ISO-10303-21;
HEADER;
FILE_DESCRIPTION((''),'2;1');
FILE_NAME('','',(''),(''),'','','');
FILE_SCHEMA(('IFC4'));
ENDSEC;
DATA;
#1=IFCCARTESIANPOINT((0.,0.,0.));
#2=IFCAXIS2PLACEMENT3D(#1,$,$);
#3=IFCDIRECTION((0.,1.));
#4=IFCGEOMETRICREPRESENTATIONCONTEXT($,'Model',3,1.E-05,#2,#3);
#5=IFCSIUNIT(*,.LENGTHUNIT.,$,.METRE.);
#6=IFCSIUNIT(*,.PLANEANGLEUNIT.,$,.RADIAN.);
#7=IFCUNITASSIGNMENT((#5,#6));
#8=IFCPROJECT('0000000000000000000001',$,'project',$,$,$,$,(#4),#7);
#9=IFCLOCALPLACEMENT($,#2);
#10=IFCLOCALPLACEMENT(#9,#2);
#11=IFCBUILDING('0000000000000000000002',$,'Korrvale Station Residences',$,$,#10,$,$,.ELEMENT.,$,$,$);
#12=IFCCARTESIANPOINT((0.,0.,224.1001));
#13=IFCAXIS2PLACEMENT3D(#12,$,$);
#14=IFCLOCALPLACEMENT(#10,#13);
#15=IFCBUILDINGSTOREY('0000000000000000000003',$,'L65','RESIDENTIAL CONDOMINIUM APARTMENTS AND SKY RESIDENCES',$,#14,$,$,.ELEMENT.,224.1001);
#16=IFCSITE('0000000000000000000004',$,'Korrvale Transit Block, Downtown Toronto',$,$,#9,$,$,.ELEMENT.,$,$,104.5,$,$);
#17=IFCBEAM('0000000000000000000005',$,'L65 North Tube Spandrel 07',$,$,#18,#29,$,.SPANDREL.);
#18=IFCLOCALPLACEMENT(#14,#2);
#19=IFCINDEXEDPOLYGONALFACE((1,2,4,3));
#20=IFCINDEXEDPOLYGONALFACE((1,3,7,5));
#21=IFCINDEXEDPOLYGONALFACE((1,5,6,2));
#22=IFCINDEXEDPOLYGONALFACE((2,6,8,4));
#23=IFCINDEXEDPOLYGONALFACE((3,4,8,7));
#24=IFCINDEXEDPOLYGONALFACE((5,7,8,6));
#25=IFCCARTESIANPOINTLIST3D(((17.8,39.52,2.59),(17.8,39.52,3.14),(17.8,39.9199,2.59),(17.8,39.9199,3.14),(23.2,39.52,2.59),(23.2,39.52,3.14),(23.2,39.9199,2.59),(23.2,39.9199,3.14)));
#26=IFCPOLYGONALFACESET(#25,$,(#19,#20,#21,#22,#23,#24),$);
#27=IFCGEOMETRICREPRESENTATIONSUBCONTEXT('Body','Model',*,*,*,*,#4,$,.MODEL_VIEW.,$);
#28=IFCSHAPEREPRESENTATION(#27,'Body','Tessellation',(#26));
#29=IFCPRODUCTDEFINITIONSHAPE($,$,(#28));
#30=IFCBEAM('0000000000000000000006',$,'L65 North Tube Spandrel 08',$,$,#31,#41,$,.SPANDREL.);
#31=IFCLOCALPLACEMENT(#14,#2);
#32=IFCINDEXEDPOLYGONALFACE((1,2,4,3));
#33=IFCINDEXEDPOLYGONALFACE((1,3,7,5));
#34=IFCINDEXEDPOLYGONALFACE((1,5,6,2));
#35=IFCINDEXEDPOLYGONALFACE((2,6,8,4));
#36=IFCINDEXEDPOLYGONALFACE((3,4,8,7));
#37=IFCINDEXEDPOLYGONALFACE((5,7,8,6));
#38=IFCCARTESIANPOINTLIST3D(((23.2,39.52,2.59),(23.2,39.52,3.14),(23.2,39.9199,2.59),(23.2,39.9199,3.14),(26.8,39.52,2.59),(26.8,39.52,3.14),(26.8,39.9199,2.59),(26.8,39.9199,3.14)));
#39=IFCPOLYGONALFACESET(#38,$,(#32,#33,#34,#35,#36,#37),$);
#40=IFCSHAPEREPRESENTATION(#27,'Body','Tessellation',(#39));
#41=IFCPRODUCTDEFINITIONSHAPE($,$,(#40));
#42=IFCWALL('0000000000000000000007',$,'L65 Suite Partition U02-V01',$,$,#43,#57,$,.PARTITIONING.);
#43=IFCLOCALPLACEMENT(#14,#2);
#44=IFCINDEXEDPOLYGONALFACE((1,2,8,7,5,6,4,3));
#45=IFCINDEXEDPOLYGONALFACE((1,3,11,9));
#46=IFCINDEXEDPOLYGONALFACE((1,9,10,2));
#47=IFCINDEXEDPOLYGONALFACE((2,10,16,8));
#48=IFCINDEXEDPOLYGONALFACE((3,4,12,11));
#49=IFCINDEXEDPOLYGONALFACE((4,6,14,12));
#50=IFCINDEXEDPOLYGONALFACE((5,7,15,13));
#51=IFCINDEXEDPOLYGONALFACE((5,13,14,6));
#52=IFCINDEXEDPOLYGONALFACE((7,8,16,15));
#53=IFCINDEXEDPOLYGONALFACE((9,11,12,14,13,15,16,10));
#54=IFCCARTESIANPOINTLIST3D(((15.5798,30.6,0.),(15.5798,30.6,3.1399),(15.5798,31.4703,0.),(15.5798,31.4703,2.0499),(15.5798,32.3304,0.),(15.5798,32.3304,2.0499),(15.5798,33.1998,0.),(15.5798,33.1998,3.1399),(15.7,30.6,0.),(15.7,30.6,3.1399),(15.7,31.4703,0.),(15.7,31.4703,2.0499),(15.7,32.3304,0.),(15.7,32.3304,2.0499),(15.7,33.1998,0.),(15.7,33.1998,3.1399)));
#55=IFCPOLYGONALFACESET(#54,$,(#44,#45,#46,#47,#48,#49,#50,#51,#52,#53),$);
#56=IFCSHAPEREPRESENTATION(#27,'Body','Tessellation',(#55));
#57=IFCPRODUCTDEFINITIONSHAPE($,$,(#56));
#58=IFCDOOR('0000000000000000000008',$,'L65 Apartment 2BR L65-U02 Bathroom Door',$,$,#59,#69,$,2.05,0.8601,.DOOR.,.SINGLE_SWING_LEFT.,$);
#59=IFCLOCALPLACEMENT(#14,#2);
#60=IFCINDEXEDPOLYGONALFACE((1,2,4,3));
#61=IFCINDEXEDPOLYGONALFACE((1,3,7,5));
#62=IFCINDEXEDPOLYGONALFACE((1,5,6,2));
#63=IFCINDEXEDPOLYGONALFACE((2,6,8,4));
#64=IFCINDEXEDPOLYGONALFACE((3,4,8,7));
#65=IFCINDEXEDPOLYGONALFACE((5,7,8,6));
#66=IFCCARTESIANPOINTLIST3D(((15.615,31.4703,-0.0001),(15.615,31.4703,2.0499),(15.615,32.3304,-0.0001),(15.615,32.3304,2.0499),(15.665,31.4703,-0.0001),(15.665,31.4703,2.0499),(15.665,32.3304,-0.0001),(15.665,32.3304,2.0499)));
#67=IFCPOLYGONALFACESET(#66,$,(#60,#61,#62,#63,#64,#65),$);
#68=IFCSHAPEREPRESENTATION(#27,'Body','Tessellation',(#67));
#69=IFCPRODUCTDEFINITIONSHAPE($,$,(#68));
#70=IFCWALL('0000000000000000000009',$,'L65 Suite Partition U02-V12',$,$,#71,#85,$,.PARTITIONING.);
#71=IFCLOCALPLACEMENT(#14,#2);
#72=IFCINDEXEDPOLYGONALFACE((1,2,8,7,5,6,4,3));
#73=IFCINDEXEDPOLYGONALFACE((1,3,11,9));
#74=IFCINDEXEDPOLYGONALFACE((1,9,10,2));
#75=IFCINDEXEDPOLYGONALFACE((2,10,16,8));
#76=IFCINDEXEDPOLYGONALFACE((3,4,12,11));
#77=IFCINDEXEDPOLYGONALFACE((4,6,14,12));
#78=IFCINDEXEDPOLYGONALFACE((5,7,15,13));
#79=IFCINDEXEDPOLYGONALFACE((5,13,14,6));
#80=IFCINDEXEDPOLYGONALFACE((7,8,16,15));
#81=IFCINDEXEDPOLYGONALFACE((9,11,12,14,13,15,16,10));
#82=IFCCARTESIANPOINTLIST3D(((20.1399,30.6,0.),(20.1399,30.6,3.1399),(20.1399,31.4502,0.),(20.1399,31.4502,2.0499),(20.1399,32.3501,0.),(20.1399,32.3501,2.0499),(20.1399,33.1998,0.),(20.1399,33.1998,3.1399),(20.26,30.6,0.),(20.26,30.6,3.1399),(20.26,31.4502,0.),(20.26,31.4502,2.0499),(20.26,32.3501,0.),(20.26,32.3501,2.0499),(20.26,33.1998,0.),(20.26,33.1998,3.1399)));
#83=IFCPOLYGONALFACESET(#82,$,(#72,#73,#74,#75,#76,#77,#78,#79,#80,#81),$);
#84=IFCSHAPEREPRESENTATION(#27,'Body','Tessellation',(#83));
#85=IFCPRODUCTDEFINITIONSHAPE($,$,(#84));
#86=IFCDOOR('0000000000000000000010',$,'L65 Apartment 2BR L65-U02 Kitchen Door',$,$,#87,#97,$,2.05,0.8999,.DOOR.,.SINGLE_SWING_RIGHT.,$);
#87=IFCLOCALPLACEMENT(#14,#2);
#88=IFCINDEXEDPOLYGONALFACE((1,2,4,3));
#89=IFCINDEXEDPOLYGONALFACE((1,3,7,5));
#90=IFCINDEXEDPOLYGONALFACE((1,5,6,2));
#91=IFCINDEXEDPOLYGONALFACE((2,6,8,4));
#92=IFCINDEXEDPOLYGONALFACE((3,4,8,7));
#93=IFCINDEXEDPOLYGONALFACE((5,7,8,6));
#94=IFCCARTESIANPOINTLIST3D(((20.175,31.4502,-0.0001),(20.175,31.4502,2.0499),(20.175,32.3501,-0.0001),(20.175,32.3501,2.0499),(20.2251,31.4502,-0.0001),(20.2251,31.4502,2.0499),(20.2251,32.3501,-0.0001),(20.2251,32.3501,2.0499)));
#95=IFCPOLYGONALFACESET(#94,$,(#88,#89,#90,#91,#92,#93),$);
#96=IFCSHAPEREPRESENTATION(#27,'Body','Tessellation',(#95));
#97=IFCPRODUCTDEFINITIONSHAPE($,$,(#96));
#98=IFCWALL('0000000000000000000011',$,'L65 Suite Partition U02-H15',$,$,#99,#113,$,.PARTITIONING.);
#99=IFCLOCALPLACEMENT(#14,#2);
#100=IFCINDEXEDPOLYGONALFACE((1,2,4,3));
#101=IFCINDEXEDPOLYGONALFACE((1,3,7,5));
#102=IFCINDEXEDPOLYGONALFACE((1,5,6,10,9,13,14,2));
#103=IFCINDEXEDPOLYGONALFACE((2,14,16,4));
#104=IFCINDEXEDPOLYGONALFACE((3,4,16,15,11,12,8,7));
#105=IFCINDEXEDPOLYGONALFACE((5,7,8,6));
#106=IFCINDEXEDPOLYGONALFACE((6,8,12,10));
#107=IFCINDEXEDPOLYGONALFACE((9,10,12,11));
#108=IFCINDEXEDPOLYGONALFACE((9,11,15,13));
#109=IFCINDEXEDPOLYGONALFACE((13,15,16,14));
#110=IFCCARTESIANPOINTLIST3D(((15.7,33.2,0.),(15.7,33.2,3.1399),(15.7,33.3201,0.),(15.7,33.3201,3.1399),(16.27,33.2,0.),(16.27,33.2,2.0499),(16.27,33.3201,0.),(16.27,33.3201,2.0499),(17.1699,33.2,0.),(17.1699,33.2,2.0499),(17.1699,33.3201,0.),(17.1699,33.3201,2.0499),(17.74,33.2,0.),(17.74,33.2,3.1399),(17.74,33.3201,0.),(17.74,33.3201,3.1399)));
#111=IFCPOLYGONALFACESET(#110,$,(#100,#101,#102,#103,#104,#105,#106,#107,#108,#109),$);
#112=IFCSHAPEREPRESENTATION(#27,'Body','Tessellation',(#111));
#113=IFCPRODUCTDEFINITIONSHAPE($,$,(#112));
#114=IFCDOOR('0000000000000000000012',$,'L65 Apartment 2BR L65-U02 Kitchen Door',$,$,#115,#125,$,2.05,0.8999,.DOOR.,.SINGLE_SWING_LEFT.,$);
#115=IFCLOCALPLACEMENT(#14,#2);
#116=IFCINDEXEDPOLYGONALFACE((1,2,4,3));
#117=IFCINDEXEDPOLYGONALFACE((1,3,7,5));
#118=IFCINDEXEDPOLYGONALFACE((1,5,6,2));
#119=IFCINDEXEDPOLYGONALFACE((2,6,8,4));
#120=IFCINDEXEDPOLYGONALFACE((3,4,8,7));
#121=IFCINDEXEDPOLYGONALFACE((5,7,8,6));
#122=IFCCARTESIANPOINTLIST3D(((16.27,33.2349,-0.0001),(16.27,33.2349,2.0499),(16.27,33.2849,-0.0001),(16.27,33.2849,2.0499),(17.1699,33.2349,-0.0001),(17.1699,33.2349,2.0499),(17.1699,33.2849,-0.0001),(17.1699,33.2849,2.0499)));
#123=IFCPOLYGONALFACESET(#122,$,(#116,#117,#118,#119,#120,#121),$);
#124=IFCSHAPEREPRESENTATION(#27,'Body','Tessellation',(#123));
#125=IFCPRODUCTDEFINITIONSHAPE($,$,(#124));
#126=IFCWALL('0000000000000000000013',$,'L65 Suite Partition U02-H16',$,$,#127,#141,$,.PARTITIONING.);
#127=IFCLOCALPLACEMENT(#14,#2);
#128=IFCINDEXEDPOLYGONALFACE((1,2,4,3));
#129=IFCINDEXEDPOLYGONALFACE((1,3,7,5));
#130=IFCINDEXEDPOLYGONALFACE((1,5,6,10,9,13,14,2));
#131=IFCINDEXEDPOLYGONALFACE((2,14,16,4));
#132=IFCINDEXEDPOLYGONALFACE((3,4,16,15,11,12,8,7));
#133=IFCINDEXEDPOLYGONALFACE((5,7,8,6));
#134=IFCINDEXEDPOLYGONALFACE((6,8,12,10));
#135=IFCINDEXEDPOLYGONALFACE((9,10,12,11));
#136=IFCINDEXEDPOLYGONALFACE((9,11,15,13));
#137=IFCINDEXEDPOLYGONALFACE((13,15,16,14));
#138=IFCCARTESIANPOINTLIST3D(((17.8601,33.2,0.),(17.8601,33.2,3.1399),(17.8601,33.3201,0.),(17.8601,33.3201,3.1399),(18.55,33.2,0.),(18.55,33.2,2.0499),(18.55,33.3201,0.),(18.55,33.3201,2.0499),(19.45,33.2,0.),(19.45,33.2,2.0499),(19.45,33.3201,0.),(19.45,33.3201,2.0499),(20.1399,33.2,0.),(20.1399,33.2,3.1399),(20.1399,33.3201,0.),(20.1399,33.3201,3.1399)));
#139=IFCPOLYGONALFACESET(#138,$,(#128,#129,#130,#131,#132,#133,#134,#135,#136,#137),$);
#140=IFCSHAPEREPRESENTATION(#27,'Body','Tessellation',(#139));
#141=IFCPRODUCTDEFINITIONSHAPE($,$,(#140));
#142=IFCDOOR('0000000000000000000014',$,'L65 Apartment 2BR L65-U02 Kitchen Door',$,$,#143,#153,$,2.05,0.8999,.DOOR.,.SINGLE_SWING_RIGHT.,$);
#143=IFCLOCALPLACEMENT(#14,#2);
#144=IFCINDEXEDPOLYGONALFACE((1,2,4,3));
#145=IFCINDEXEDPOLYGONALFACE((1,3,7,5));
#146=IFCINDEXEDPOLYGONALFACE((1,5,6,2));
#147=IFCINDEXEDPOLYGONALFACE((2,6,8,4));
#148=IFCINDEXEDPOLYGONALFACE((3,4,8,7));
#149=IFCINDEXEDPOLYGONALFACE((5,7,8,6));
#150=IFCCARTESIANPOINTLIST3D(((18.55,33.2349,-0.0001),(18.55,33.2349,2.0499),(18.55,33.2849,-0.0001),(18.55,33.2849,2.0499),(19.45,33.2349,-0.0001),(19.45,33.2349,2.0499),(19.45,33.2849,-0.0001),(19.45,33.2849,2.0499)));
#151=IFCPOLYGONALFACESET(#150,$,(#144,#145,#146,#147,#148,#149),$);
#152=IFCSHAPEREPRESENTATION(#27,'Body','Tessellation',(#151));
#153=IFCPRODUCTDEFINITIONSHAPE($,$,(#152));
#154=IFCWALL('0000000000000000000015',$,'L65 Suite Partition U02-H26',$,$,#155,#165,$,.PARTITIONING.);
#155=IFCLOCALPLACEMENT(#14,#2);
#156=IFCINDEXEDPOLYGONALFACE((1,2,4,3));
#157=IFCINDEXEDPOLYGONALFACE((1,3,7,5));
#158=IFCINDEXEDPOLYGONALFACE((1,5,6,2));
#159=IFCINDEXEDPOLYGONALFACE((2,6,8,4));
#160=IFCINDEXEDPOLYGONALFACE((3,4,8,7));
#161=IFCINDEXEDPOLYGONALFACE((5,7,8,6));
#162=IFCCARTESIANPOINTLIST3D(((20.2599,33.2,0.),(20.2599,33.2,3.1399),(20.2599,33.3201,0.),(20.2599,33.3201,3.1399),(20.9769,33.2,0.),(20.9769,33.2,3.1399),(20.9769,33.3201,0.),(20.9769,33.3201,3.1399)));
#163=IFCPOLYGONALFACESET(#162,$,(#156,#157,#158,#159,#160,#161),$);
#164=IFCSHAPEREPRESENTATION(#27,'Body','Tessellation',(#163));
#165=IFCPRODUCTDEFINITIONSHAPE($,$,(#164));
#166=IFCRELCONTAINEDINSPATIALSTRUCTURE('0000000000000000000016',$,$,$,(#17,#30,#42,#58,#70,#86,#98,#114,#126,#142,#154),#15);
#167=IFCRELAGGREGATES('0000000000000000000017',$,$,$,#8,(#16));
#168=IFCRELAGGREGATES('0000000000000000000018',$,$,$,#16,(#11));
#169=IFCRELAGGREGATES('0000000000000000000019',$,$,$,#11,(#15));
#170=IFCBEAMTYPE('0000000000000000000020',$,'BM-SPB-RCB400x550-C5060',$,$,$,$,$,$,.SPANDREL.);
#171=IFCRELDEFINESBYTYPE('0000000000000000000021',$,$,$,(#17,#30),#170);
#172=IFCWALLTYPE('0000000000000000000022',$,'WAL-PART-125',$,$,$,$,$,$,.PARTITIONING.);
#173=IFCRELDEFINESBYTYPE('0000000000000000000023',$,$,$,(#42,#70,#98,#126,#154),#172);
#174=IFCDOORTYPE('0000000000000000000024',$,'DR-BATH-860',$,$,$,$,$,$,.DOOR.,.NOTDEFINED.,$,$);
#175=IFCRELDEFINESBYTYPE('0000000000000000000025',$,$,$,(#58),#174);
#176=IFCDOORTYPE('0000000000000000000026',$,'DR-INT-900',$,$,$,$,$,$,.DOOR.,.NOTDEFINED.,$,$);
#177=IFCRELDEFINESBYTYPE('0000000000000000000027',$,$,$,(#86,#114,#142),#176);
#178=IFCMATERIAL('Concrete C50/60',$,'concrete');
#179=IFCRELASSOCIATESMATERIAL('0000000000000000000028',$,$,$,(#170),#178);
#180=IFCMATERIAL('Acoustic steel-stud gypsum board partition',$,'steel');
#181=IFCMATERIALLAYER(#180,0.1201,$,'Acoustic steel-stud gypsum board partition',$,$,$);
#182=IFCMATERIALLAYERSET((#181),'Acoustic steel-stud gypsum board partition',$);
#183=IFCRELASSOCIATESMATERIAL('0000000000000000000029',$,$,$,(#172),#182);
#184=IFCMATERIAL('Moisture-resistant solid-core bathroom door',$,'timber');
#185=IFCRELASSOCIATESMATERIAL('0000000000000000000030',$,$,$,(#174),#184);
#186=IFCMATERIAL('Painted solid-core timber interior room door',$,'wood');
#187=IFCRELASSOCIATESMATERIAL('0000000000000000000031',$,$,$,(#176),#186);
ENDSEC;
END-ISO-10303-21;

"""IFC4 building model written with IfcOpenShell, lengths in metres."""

from ifc_helpers import new_model, si_unit, direction, frame, frame_2d, origin, origin_2d, place, context, subcontext, project, spatial, rectangle, extrude, material, layer, layer_set, material_profile, profile_set, type_object, element, fill, save


model = new_model("IFC4")

# Units and contexts
model_context = context("Model", 3, precision=1e-05, world=origin(), true_north=direction((0.0, 1.0)))
body_context = subcontext(model_context, "Body", "Model", "MODEL_VIEW")
ifc_project = project(units=[si_unit("LENGTHUNIT", "METRE"), si_unit("PLANEANGLEUNIT", "RADIAN")], contexts=[model_context])

# Site, building, storey
site_placement = place(None, origin())
site = spatial("IfcSite", under=ifc_project, at=site_placement, Name="Korrvale Transit Block, Downtown Toronto", CompositionType="ELEMENT", RefElevation=104.5)
building_placement = place(site_placement, origin())
building = spatial("IfcBuilding", under=site, at=building_placement, Name="Korrvale Station Residences", CompositionType="ELEMENT")
storey_placement = place(building_placement, frame((0.0, 0.0, 224.1001)))
storey = spatial("IfcBuildingStorey", under=building, at=storey_placement, Name="L65", Description="RESIDENTIAL CONDOMINIUM APARTMENTS AND SKY RESIDENCES", CompositionType="ELEMENT", Elevation=224.1001)

# Shared definitions
ifc_material_1 = material(Name="Concrete C50/60", Category="concrete")

# Beams
ifc_material_profile_1 = material_profile(ifc_material_1, rectangle(XDim=0.3999, YDim=0.55, at=origin_2d()), Name="RCB400x550")
ifc_profile_set_1 = profile_set([ifc_material_profile_1], Name="Concrete C50/60")
beam_type_1 = type_object("IfcBeamType", Name="BM-SPB-RCB400x550-C5060", PredefinedType="SPANDREL", material=ifc_profile_set_1)
beam_1_placement = place(storey_placement, frame((17.8, 39.72, 2.865), z_axis=(1.0, 0.0, 0.0), x_axis=(0.0, 1.0, 0.0)))
element("IfcBeam", 1, at=beam_1_placement, inside=storey, type_object=beam_type_1, Name="L65 North Tube Spandrel 07", PredefinedType="SPANDREL", context=body_context, shape_type="SweptSolid", body=[
    extrude(rectangle(XDim=0.3999, YDim=0.55, at=origin_2d()), origin(), (0.0, 0.0, 1.0), 5.3999),
])
beam_2_placement = place(storey_placement, frame((23.2, 39.72, 2.865), z_axis=(1.0, 0.0, 0.0), x_axis=(0.0, 1.0, 0.0)))
element("IfcBeam", 2, at=beam_2_placement, inside=storey, type_object=beam_type_1, Name="L65 North Tube Spandrel 08", PredefinedType="SPANDREL", context=body_context, shape_type="SweptSolid", body=[
    extrude(rectangle(XDim=0.3999, YDim=0.55, at=origin_2d()), origin(), (0.0, 0.0, 1.0), 3.6001),
])

# Walls, openings, doors
ifc_material_2 = material(Name="Acoustic steel-stud gypsum board partition", Category="steel")
ifc_layer_1 = layer(ifc_material_2, 0.1201, Name="Acoustic steel-stud gypsum board partition")
ifc_layer_set_1 = layer_set([ifc_layer_1], Name="Acoustic steel-stud gypsum board partition")
wall_type = type_object("IfcWallType", Name="WAL-PART-125", PredefinedType="PARTITIONING", material=ifc_layer_set_1)
wall_1_placement = place(storey_placement, frame((15.6399, 30.6001, 0.0), z_axis=(0.0, 0.0, 1.0), x_axis=(0.0, 1.0, 0.0)))
wall_1 = element("IfcWall", 3, at=wall_1_placement, inside=storey, type_object=wall_type, Name="L65 Suite Partition U02-V01", PredefinedType="PARTITIONING", context=body_context, shape_type="SweptSolid", body=[
    extrude(rectangle(XDim=2.5999, YDim=0.1201, at=frame_2d((1.2998, 0.0))), origin(), (0.0, 0.0, 1.0), 3.1399),
])
opening_1_placement = place(wall_1_placement, frame((0.8701, 0.0, 0.0)))
opening_1 = element("IfcOpeningElement", 4, at=opening_1_placement, cuts=wall_1, PredefinedType="OPENING", context=body_context, shape_type="SweptSolid", body=[
    extrude(rectangle(XDim=0.8601, YDim=2.05, at=frame_2d((0.4302, 1.0249))), frame((0.0, 0.0701, 0.0), z_axis=(0.0, -1.0, 0.0), x_axis=(1.0, 0.0, 0.0)), (0.0, 0.0, 1.0), 0.1401),
])
ifc_material_3 = material(Name="Moisture-resistant solid-core bathroom door", Category="timber")
door_type_1 = type_object("IfcDoorType", Name="DR-BATH-860", OperationType="NOTDEFINED", PredefinedType="DOOR", material=ifc_material_3)
door_1_placement = place(opening_1_placement, origin())
door_1 = element("IfcDoor", 5, at=door_1_placement, inside=storey, type_object=door_type_1, Name="L65 Apartment 2BR L65-U02 Bathroom Door", OperationType="SINGLE_SWING_LEFT", OverallHeight=2.05, OverallWidth=0.8601, PredefinedType="DOOR", context=body_context, shape_type="SweptSolid", body=[
    extrude(rectangle(XDim=0.8601, YDim=2.05, at=frame_2d((0.4302, 1.0249))), frame((0.0, 0.0249, 0.0), z_axis=(0.0, -1.0, 0.0), x_axis=(1.0, 0.0, 0.0)), (0.0, 0.0, 1.0), 0.05),
])
fill(opening_1, door_1)
wall_2_placement = place(storey_placement, frame((20.2, 30.6001, 0.0), z_axis=(0.0, 0.0, 1.0), x_axis=(0.0, 1.0, 0.0)))
wall_2 = element("IfcWall", 6, at=wall_2_placement, inside=storey, type_object=wall_type, Name="L65 Suite Partition U02-V12", PredefinedType="PARTITIONING", context=body_context, shape_type="SweptSolid", body=[
    extrude(rectangle(XDim=2.5999, YDim=0.1201, at=frame_2d((1.2998, 0.0))), origin(), (0.0, 0.0, 1.0), 3.1399),
])
opening_2_placement = place(wall_2_placement, frame((0.8501, 0.0, 0.0)))
opening_2 = element("IfcOpeningElement", 7, at=opening_2_placement, cuts=wall_2, PredefinedType="OPENING", context=body_context, shape_type="SweptSolid", body=[
    extrude(rectangle(XDim=0.8999, YDim=2.05, at=frame_2d((0.45, 1.0249))), frame((0.0, 0.0701, 0.0), z_axis=(0.0, -1.0, 0.0), x_axis=(1.0, 0.0, 0.0)), (0.0, 0.0, 1.0), 0.1401),
])
ifc_material_4 = material(Name="Painted solid-core timber interior room door", Category="wood")
door_type_2 = type_object("IfcDoorType", Name="DR-INT-900", OperationType="NOTDEFINED", PredefinedType="DOOR", material=ifc_material_4)
door_2_placement = place(opening_2_placement, origin())
door_2 = element("IfcDoor", 8, at=door_2_placement, inside=storey, type_object=door_type_2, Name="L65 Apartment 2BR L65-U02 Kitchen Door", OperationType="SINGLE_SWING_RIGHT", OverallHeight=2.05, OverallWidth=0.8999, PredefinedType="DOOR", context=body_context, shape_type="SweptSolid", body=[
    extrude(rectangle(XDim=0.8999, YDim=2.05, at=frame_2d((0.45, 1.0249))), frame((0.0, 0.0249, 0.0), z_axis=(0.0, -1.0, 0.0), x_axis=(1.0, 0.0, 0.0)), (0.0, 0.0, 1.0), 0.05),
])
fill(opening_2, door_2)
wall_3_placement = place(storey_placement, frame((15.7, 33.26, 0.0), z_axis=(0.0, 0.0, 1.0), x_axis=(1.0, 0.0, 0.0)))
wall_3 = element("IfcWall", 9, at=wall_3_placement, inside=storey, type_object=wall_type, Name="L65 Suite Partition U02-H15", PredefinedType="PARTITIONING", context=body_context, shape_type="SweptSolid", body=[
    extrude(rectangle(XDim=2.04, YDim=0.1201, at=frame_2d((1.02, 0.0))), origin(), (0.0, 0.0, 1.0), 3.1399),
])
opening_3_placement = place(wall_3_placement, frame((0.5701, 0.0, 0.0)))
opening_3 = element("IfcOpeningElement", 10, at=opening_3_placement, cuts=wall_3, PredefinedType="OPENING", context=body_context, shape_type="SweptSolid", body=[
    extrude(rectangle(XDim=0.8999, YDim=2.05, at=frame_2d((0.45, 1.0249))), frame((0.0, 0.0701, 0.0), z_axis=(0.0, -1.0, 0.0), x_axis=(1.0, 0.0, 0.0)), (0.0, 0.0, 1.0), 0.1401),
])
door_3_placement = place(opening_3_placement, origin())
door_3 = element("IfcDoor", 11, at=door_3_placement, inside=storey, type_object=door_type_2, Name="L65 Apartment 2BR L65-U02 Kitchen Door", OperationType="SINGLE_SWING_LEFT", OverallHeight=2.05, OverallWidth=0.8999, PredefinedType="DOOR", context=body_context, shape_type="SweptSolid", body=[
    extrude(rectangle(XDim=0.8999, YDim=2.05, at=frame_2d((0.45, 1.0249))), frame((0.0, 0.0249, 0.0), z_axis=(0.0, -1.0, 0.0), x_axis=(1.0, 0.0, 0.0)), (0.0, 0.0, 1.0), 0.05),
])
fill(opening_3, door_3)
wall_4_placement = place(storey_placement, frame((17.8601, 33.26, 0.0), z_axis=(0.0, 0.0, 1.0), x_axis=(1.0, 0.0, 0.0)))
wall_4 = element("IfcWall", 12, at=wall_4_placement, inside=storey, type_object=wall_type, Name="L65 Suite Partition U02-H16", PredefinedType="PARTITIONING", context=body_context, shape_type="SweptSolid", body=[
    extrude(rectangle(XDim=2.2798, YDim=0.1201, at=frame_2d((1.1399, 0.0))), origin(), (0.0, 0.0, 1.0), 3.1399),
])
opening_4_placement = place(wall_4_placement, frame((0.6899, 0.0, 0.0)))
opening_4 = element("IfcOpeningElement", 13, at=opening_4_placement, cuts=wall_4, PredefinedType="OPENING", context=body_context, shape_type="SweptSolid", body=[
    extrude(rectangle(XDim=0.8999, YDim=2.05, at=frame_2d((0.45, 1.0249))), frame((0.0, 0.0701, 0.0), z_axis=(0.0, -1.0, 0.0), x_axis=(1.0, 0.0, 0.0)), (0.0, 0.0, 1.0), 0.1401),
])
door_4_placement = place(opening_4_placement, origin())
door_4 = element("IfcDoor", 14, at=door_4_placement, inside=storey, type_object=door_type_2, Name="L65 Apartment 2BR L65-U02 Kitchen Door", OperationType="SINGLE_SWING_RIGHT", OverallHeight=2.05, OverallWidth=0.8999, PredefinedType="DOOR", context=body_context, shape_type="SweptSolid", body=[
    extrude(rectangle(XDim=0.8999, YDim=2.05, at=frame_2d((0.45, 1.0249))), frame((0.0, 0.0249, 0.0), z_axis=(0.0, -1.0, 0.0), x_axis=(1.0, 0.0, 0.0)), (0.0, 0.0, 1.0), 0.05),
])
fill(opening_4, door_4)

# Wall
wall_5_placement = place(storey_placement, frame((20.26, 33.26, 0.0), z_axis=(0.0, 0.0, 1.0), x_axis=(1.0, 0.0, 0.0)))
element("IfcWall", 15, at=wall_5_placement, inside=storey, type_object=wall_type, Name="L65 Suite Partition U02-H26", PredefinedType="PARTITIONING", context=body_context, shape_type="SweptSolid", body=[
    extrude(rectangle(XDim=0.717, YDim=0.1201, at=frame_2d((0.3584, 0.0))), origin(), (0.0, 0.0, 1.0), 3.1399),
])

save(model, "model.ifc")
